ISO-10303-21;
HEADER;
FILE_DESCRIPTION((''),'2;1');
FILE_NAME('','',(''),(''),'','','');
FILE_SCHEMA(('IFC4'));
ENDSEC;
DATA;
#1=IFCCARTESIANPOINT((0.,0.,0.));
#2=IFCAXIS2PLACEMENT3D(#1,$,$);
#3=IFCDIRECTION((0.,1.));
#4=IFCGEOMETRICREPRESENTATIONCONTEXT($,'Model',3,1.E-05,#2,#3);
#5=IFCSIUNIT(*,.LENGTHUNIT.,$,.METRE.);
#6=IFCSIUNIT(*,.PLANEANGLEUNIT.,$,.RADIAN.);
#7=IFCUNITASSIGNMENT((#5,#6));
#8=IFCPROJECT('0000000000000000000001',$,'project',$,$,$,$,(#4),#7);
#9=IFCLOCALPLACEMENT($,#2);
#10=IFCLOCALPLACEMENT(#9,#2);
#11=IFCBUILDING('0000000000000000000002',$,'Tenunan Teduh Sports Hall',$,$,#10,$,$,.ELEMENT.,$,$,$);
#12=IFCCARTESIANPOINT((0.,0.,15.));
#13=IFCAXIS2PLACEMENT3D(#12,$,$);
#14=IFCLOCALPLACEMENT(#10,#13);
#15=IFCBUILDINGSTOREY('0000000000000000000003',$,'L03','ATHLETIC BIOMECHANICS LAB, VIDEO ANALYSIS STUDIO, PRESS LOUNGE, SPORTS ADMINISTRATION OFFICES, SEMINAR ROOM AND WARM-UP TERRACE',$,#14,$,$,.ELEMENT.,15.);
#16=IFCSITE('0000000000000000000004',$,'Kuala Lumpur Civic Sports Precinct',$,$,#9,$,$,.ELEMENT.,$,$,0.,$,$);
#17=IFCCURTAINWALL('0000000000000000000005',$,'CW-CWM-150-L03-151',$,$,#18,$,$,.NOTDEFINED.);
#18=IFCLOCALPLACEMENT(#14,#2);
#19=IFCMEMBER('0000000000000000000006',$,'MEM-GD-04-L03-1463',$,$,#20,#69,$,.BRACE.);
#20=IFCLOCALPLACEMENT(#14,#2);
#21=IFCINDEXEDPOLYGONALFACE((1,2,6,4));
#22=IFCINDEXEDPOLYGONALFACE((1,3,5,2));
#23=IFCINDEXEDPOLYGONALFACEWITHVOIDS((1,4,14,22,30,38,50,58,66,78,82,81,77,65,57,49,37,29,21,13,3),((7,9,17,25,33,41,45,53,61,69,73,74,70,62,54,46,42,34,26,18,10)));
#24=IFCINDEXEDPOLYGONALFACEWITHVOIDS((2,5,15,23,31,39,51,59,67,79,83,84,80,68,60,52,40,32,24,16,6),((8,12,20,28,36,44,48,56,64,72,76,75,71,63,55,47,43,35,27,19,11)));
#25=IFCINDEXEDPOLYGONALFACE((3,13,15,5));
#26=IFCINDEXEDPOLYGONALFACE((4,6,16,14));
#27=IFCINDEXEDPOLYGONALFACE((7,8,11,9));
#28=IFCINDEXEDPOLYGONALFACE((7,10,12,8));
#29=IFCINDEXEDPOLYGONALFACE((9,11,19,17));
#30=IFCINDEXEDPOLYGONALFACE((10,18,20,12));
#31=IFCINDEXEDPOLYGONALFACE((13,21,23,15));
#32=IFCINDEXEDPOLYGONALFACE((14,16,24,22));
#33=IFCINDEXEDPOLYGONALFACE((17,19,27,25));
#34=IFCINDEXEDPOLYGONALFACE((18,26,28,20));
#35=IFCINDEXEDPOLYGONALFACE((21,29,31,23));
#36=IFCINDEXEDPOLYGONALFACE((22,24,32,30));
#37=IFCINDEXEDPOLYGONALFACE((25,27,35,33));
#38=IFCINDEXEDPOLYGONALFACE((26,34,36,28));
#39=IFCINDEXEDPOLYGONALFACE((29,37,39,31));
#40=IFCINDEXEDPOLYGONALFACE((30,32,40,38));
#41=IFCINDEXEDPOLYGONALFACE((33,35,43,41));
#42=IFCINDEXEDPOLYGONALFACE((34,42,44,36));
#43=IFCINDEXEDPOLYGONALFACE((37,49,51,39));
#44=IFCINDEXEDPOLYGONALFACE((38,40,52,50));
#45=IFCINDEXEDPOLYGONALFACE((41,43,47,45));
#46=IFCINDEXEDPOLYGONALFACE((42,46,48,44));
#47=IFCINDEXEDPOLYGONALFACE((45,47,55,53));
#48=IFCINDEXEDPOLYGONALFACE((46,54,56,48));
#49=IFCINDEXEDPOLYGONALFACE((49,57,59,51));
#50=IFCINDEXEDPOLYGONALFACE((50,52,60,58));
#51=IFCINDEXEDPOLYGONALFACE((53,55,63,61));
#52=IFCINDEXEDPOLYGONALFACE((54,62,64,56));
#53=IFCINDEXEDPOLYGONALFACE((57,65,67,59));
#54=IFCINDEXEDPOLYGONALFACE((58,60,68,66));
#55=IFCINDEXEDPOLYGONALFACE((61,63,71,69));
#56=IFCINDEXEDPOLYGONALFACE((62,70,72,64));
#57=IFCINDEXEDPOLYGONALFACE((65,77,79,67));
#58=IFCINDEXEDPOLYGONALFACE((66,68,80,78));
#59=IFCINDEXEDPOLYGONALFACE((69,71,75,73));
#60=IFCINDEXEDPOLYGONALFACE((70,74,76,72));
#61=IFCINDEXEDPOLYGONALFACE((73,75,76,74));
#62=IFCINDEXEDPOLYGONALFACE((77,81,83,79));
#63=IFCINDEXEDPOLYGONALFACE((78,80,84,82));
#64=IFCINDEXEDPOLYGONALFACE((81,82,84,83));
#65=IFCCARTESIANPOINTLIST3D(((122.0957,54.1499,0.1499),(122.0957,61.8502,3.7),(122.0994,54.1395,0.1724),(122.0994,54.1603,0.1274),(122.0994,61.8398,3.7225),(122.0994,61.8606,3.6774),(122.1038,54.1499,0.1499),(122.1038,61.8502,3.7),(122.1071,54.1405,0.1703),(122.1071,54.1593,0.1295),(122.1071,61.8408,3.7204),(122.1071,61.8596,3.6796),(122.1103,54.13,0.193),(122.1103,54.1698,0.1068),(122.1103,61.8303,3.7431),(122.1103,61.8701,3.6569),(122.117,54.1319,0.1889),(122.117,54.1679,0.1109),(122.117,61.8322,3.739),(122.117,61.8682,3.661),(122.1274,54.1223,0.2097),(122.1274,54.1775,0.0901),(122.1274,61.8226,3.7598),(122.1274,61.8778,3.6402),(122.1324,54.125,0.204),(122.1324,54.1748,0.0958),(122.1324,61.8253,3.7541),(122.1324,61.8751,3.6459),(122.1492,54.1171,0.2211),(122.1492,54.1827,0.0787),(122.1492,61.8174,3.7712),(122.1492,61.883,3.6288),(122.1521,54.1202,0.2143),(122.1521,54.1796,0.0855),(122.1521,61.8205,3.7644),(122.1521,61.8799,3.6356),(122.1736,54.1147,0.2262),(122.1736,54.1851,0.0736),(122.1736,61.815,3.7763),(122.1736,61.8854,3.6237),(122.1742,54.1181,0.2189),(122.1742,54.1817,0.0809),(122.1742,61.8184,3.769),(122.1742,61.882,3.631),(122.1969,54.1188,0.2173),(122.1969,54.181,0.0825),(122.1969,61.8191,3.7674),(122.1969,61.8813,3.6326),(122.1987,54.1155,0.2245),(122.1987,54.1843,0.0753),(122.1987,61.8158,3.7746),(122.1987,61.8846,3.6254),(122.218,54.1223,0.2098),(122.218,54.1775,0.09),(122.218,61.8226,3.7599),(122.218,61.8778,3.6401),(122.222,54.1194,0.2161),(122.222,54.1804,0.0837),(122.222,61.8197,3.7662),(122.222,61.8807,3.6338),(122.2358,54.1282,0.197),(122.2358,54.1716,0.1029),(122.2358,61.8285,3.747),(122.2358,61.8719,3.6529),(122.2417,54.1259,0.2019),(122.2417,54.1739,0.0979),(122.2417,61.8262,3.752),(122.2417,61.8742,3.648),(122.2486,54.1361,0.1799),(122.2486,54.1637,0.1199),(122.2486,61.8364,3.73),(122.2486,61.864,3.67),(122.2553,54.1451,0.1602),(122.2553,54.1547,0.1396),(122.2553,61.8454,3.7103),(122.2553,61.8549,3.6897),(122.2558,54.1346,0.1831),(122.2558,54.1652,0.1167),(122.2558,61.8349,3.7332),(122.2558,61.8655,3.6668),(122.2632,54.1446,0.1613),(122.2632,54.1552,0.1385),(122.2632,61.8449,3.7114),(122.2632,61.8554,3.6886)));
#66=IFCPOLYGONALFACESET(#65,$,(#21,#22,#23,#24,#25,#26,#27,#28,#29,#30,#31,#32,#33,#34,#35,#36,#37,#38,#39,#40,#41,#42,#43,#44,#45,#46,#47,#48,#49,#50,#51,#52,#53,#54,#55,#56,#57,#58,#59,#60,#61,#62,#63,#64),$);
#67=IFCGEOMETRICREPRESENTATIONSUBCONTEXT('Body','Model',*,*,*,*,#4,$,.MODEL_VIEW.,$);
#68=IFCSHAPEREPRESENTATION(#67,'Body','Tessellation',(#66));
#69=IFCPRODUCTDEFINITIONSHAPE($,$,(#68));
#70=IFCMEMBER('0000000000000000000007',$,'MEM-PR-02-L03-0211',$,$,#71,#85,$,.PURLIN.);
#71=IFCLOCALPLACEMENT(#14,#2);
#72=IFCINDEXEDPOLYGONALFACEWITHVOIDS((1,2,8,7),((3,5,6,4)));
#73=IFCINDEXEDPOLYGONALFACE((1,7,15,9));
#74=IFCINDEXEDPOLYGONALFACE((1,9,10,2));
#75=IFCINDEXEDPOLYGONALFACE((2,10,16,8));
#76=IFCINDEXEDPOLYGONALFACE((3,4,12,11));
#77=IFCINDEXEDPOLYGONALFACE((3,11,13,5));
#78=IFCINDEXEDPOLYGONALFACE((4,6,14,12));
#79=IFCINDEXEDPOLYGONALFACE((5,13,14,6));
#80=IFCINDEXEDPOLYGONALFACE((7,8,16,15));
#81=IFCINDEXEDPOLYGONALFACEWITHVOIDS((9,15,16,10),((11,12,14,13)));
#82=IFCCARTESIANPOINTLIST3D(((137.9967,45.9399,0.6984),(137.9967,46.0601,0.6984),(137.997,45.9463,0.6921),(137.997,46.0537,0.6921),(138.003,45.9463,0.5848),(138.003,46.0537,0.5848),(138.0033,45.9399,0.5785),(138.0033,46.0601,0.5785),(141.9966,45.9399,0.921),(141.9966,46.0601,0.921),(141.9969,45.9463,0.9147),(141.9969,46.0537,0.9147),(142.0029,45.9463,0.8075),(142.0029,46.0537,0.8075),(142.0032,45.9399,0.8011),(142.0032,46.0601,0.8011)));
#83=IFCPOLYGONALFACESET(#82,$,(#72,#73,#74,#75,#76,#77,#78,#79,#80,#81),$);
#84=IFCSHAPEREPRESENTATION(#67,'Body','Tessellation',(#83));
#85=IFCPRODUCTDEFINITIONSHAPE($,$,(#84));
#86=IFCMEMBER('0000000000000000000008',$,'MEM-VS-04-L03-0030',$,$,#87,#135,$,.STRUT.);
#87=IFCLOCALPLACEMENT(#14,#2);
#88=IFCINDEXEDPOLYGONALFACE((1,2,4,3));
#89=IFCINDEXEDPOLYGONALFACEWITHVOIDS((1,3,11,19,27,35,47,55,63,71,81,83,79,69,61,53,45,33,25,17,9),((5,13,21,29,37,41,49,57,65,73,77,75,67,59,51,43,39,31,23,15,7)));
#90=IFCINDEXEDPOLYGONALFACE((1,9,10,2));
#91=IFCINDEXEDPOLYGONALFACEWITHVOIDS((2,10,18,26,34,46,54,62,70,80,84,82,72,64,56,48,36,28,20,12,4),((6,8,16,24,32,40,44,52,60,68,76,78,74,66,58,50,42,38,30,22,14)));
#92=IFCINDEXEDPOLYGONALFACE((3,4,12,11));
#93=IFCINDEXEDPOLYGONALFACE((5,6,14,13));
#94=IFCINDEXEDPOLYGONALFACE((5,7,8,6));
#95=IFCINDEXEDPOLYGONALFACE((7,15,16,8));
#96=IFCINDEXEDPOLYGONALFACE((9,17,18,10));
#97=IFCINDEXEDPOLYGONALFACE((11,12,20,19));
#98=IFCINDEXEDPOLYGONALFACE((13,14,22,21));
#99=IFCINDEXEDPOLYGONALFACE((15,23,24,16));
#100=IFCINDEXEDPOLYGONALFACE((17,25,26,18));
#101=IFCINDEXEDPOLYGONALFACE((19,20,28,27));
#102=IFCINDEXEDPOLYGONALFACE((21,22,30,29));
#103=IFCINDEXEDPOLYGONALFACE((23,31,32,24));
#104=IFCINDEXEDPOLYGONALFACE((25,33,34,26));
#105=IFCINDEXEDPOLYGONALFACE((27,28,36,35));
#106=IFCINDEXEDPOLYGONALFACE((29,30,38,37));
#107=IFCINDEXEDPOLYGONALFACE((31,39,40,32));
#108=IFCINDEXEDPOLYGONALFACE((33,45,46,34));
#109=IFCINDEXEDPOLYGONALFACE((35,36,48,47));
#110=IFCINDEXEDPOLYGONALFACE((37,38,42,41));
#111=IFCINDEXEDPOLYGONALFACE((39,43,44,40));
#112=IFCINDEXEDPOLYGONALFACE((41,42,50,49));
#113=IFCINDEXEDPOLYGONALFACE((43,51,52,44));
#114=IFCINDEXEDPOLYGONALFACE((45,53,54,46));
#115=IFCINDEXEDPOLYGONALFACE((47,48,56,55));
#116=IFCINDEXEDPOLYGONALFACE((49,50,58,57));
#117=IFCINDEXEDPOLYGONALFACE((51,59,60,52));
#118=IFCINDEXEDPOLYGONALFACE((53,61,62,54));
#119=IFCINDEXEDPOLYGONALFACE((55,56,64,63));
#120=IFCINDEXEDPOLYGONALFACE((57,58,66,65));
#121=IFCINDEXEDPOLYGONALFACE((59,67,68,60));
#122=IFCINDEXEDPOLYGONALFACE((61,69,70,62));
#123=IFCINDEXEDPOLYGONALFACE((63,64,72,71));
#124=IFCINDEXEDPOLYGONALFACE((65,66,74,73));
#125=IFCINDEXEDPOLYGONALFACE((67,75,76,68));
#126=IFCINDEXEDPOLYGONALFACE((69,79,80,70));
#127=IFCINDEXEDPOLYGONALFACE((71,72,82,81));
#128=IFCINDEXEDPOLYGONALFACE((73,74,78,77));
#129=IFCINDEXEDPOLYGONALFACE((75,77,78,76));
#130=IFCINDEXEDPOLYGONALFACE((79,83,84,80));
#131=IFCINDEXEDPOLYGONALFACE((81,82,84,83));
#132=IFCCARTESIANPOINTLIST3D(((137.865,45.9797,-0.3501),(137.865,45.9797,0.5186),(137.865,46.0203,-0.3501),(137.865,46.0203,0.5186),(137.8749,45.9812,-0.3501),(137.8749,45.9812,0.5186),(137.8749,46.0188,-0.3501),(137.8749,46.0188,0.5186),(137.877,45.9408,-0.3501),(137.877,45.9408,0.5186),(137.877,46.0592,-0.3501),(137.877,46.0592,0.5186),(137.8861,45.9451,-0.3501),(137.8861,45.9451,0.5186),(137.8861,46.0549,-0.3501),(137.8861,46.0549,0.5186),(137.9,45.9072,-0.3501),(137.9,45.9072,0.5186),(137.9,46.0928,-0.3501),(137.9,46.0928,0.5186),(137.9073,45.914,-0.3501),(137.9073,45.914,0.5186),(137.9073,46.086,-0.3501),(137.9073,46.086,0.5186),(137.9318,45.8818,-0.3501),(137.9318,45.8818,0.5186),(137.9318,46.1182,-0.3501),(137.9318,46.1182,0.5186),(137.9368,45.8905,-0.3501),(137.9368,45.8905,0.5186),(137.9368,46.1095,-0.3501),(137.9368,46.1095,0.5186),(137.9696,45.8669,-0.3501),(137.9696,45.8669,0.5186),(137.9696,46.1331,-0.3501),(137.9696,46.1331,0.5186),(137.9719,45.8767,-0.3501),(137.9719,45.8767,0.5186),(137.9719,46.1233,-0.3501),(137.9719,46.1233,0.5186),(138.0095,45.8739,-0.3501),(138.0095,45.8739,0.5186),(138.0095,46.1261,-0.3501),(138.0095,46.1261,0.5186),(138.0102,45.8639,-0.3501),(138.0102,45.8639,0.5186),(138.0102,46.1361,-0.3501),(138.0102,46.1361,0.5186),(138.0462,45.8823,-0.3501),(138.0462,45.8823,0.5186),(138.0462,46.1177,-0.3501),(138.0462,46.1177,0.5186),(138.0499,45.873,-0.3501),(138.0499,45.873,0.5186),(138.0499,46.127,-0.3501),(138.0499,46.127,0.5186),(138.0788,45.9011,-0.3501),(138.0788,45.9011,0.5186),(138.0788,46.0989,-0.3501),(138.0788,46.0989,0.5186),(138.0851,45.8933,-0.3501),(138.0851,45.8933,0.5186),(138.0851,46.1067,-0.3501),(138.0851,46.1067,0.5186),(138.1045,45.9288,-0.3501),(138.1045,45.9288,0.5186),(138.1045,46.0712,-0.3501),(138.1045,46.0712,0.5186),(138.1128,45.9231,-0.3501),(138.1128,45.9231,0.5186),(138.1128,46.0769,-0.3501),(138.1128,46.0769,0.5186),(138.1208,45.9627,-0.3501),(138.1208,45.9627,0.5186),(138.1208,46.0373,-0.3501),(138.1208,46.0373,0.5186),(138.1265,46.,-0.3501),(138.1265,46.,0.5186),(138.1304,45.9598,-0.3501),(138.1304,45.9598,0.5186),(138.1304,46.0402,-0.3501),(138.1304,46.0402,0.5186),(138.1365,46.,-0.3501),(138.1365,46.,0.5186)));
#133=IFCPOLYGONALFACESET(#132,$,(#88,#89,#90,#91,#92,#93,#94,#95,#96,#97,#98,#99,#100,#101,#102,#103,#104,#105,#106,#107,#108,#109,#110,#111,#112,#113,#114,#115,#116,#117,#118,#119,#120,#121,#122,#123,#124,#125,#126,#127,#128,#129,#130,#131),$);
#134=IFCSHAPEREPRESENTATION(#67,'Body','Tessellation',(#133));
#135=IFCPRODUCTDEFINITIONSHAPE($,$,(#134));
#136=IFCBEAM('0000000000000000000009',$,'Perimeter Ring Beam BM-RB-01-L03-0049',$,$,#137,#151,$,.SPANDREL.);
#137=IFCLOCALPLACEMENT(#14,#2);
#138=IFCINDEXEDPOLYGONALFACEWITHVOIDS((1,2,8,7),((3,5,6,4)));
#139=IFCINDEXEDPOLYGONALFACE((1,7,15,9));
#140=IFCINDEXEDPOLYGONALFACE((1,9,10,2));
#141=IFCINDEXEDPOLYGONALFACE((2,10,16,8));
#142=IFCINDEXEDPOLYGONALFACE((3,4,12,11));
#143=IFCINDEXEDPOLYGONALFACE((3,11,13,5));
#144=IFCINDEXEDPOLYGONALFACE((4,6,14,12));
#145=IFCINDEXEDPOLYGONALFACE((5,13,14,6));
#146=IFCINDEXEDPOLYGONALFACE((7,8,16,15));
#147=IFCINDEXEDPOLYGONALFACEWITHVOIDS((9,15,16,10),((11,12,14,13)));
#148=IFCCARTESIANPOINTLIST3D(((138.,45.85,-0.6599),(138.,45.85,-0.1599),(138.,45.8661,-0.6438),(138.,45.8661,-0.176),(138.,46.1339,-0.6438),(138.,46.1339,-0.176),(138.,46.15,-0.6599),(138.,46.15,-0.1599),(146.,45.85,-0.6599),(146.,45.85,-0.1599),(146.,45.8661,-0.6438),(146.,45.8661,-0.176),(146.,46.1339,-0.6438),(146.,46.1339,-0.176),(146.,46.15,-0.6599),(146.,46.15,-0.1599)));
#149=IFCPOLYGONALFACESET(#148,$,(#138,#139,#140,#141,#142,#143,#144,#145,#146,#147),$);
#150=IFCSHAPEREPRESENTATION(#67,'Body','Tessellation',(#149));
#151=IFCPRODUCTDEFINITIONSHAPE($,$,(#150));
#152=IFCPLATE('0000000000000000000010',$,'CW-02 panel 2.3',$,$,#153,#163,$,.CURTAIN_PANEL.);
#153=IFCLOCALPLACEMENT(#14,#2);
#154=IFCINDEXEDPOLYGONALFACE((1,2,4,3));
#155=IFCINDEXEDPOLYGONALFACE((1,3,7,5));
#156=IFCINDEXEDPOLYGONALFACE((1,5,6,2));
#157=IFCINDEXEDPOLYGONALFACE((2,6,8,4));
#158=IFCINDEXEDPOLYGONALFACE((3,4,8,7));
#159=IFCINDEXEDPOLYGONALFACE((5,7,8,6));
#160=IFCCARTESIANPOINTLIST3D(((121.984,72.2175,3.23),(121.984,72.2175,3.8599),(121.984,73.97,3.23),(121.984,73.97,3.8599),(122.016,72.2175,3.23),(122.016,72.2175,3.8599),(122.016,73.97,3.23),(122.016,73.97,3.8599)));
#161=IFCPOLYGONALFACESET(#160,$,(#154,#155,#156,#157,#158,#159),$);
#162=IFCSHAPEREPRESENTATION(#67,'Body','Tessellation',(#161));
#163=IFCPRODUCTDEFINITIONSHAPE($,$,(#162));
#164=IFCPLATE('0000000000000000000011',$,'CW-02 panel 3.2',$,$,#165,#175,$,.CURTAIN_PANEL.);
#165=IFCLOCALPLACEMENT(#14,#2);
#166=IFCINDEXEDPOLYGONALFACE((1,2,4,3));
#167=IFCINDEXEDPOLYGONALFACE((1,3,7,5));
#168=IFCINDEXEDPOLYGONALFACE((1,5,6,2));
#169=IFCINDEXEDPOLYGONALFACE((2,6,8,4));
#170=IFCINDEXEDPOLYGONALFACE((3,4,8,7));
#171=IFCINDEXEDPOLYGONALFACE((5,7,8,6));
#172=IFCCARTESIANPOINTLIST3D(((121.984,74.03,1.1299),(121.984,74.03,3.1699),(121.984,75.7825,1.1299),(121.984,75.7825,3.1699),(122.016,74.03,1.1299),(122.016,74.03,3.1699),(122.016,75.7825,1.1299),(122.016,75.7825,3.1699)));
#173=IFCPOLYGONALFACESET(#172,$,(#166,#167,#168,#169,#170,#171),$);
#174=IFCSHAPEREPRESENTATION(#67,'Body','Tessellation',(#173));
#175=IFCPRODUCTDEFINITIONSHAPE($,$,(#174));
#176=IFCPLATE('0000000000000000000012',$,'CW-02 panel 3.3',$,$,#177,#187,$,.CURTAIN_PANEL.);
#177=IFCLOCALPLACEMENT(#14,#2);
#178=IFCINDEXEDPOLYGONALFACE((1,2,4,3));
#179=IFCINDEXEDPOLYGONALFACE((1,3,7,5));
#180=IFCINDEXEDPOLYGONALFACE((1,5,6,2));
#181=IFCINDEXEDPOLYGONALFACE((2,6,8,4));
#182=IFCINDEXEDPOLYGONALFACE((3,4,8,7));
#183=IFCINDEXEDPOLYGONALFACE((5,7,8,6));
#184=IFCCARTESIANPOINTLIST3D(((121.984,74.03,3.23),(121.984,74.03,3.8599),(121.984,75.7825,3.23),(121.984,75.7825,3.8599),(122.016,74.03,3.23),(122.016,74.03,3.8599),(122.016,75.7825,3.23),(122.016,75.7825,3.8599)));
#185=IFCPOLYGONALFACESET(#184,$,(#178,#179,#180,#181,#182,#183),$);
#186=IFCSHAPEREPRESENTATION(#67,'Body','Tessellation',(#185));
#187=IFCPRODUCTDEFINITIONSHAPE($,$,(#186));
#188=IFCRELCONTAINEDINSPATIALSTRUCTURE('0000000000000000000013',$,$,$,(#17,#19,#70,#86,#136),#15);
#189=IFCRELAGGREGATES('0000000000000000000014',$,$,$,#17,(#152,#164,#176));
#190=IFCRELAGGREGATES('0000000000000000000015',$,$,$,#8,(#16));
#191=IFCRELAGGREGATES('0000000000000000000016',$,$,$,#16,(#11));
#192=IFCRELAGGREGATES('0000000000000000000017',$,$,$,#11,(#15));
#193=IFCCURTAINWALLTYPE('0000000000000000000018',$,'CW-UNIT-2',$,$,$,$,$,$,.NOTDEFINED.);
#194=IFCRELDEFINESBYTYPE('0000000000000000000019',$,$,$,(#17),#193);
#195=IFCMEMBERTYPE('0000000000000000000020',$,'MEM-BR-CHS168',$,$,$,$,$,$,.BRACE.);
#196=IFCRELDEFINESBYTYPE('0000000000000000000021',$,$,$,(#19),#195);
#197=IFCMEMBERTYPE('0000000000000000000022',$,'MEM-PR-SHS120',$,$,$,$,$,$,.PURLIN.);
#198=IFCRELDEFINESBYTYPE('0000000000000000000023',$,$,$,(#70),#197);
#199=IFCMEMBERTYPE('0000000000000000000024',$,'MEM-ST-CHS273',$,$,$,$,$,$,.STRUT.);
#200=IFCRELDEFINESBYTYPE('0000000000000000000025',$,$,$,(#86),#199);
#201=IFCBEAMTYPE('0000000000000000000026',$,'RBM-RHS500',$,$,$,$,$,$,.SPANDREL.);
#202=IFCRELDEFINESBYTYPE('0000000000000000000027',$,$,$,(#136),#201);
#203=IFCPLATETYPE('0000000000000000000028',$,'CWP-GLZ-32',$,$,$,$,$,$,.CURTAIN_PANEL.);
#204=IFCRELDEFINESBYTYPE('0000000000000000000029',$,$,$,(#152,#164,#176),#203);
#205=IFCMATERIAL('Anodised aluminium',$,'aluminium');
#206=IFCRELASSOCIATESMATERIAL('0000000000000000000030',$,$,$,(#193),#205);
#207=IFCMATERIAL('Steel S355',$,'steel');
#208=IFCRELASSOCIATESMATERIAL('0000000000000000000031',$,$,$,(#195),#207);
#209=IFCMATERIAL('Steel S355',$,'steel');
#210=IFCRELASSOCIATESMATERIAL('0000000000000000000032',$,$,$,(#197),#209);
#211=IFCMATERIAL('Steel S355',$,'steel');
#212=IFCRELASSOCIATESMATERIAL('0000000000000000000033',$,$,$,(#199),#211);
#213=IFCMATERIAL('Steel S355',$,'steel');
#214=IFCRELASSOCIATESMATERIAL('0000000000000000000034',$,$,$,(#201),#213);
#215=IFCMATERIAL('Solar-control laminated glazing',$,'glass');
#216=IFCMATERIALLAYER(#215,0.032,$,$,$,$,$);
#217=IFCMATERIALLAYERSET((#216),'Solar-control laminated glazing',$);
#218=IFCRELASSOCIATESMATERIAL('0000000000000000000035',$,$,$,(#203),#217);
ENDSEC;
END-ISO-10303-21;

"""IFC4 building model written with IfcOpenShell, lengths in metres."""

from ifc_helpers import new_model, si_unit, direction, frame, origin, origin_2d, place, context, subcontext, project, spatial, rectangle, hollow_rectangle, hollow_circle, extrude, material, layer, layer_set, material_profile, profile_set, type_object, element, aggregate, save


model = new_model("IFC4")

# Units and contexts
model_context = context("Model", 3, precision=1e-05, world=origin(), true_north=direction((0.0, 1.0)))
body_context = subcontext(model_context, "Body", "Model", "MODEL_VIEW")
ifc_project = project(units=[si_unit("LENGTHUNIT", "METRE"), si_unit("PLANEANGLEUNIT", "RADIAN")], contexts=[model_context])

# Site, building, storey
site_placement = place(None, origin())
site = spatial("IfcSite", under=ifc_project, at=site_placement, Name="Kuala Lumpur Civic Sports Precinct", CompositionType="ELEMENT", RefElevation=0.0)
building_placement = place(site_placement, origin())
building = spatial("IfcBuilding", under=site, at=building_placement, Name="Tenunan Teduh Sports Hall", CompositionType="ELEMENT")
storey_placement = place(building_placement, frame((0.0, 0.0, 15.0)))
storey = spatial("IfcBuildingStorey", under=building, at=storey_placement, Name="L03", Description="ATHLETIC BIOMECHANICS LAB, VIDEO ANALYSIS STUDIO, PRESS LOUNGE, SPORTS ADMINISTRATION OFFICES, SEMINAR ROOM AND WARM-UP TERRACE", CompositionType="ELEMENT", Elevation=15.0)

# Curtain wall
ifc_material_1 = material(Name="Anodised aluminium", Category="aluminium")
curtain_wall_type_1 = type_object("IfcCurtainWallType", Name="CW-UNIT-2", PredefinedType="NOTDEFINED", material=ifc_material_1)
curtain_wall_1_placement = place(storey_placement, origin())
curtain_wall_1 = element("IfcCurtainWall", 1, at=curtain_wall_1_placement, inside=storey, type_object=curtain_wall_type_1, Name="CW-CWM-150-L03-151", PredefinedType="NOTDEFINED")

# Members
ifc_material_2 = material(Name="Steel S355", Category="steel")
ifc_material_profile_1 = material_profile(ifc_material_2, hollow_circle(Radius=0.0842, WallThickness=0.0081, at=origin_2d()), Name="CHS 168.3x8.0")
ifc_profile_set_1 = profile_set([ifc_material_profile_1], Name="Steel S355")
member_type_1 = type_object("IfcMemberType", Name="MEM-BR-CHS168", PredefinedType="BRACE", material=ifc_profile_set_1)
member_1_placement = place(storey_placement, frame((122.1799, 54.1499, 0.1499), z_axis=(0.0, 0.908134, 0.41868), x_axis=(-1.0, 0.0, 0.0)))
element("IfcMember", 2, at=member_1_placement, inside=storey, type_object=member_type_1, Name="MEM-GD-04-L03-1463", PredefinedType="BRACE", context=body_context, shape_type="SweptSolid", body=[
    extrude(hollow_circle(Radius=0.0842, WallThickness=0.0081, at=origin_2d()), origin(), (0.0, 0.0, 1.0), 8.4792),
])
ifc_material_3 = material(Name="Steel S355", Category="steel")
ifc_material_profile_2 = material_profile(ifc_material_3, hollow_rectangle(XDim=0.1201, YDim=0.1201, WallThickness=0.0063, at=origin_2d()), Name="SHS 120x120x6.3")
ifc_profile_set_2 = profile_set([ifc_material_profile_2], Name="Steel S355")
member_type_2 = type_object("IfcMemberType", Name="MEM-PR-SHS120", PredefinedType="PURLIN", material=ifc_profile_set_2)
member_2_placement = place(storey_placement, frame((138.0, 46.0, 0.6384), z_axis=(0.998454, 0.0, 0.055578), x_axis=(0.0, 1.0, 0.0)))
element("IfcMember", 3, at=member_2_placement, inside=storey, type_object=member_type_2, Name="MEM-PR-02-L03-0211", PredefinedType="PURLIN", context=body_context, shape_type="SweptSolid", body=[
    extrude(hollow_rectangle(XDim=0.1201, YDim=0.1201, WallThickness=0.0063, at=origin_2d()), origin(), (0.0, 0.0, 1.0), 4.0061),
])
ifc_material_4 = material(Name="Steel S355", Category="steel")
ifc_material_profile_3 = material_profile(ifc_material_4, hollow_circle(Radius=0.1365, WallThickness=0.01, at=origin_2d()), Name="CHS 273.0x10.0")
ifc_profile_set_3 = profile_set([ifc_material_profile_3], Name="Steel S355")
member_type_3 = type_object("IfcMemberType", Name="MEM-ST-CHS273", PredefinedType="STRUT", material=ifc_profile_set_3)
member_3_placement = place(storey_placement, frame((138.0, 46.0, -0.3501), z_axis=(0.0, 0.0, 1.0), x_axis=(1.0, 0.0, 0.0)))
element("IfcMember", 4, at=member_3_placement, inside=storey, type_object=member_type_3, Name="MEM-VS-04-L03-0030", PredefinedType="STRUT", context=body_context, shape_type="SweptSolid", body=[
    extrude(hollow_circle(Radius=0.1365, WallThickness=0.01, at=origin_2d()), origin(), (0.0, 0.0, 1.0), 0.8687),
])

# Beam
ifc_material_5 = material(Name="Steel S355", Category="steel")
ifc_material_profile_4 = material_profile(ifc_material_5, hollow_rectangle(XDim=0.3, YDim=0.5, WallThickness=0.0161, at=origin_2d()), Name="RHS 500x300x16.0")
ifc_profile_set_4 = profile_set([ifc_material_profile_4], Name="Steel S355")
beam_type = type_object("IfcBeamType", Name="RBM-RHS500", PredefinedType="SPANDREL", material=ifc_profile_set_4)
beam_placement = place(storey_placement, frame((138.0, 46.0, -0.4099), z_axis=(1.0, 0.0, 0.0), x_axis=(0.0, 1.0, 0.0)))
element("IfcBeam", 5, at=beam_placement, inside=storey, type_object=beam_type, Name="Perimeter Ring Beam BM-RB-01-L03-0049", PredefinedType="SPANDREL", context=body_context, shape_type="SweptSolid", body=[
    extrude(hollow_rectangle(XDim=0.3, YDim=0.5, WallThickness=0.0161, at=origin_2d()), origin(), (0.0, 0.0, 1.0), 8.0),
])

# Plates
ifc_material_6 = material(Name="Solar-control laminated glazing", Category="glass")
ifc_layer_1 = layer(ifc_material_6, 0.032)
ifc_layer_set_1 = layer_set([ifc_layer_1], Name="Solar-control laminated glazing")
plate_type_1 = type_object("IfcPlateType", Name="CWP-GLZ-32", PredefinedType="CURTAIN_PANEL", material=ifc_layer_set_1)
plate_1_placement = place(storey_placement, frame((122.0, 73.0938, 3.23), z_axis=(0.0, 0.0, 1.0), x_axis=(0.0, 1.0, 0.0)))
plate_1 = element("IfcPlate", 6, at=plate_1_placement, type_object=plate_type_1, Name="CW-02 panel 2.3", PredefinedType="CURTAIN_PANEL", context=body_context, shape_type="SweptSolid", body=[
    extrude(rectangle(XDim=1.7524, YDim=0.032, at=origin_2d()), origin(), (0.0, 0.0, 1.0), 0.6299),
])
plate_2_placement = place(storey_placement, frame((122.0, 74.9062, 1.1299), z_axis=(0.0, 0.0, 1.0), x_axis=(0.0, 1.0, 0.0)))
plate_2 = element("IfcPlate", 7, at=plate_2_placement, type_object=plate_type_1, Name="CW-02 panel 3.2", PredefinedType="CURTAIN_PANEL", context=body_context, shape_type="SweptSolid", body=[
    extrude(rectangle(XDim=1.7524, YDim=0.032, at=origin_2d()), origin(), (0.0, 0.0, 1.0), 2.04),
])
plate_3_placement = place(storey_placement, frame((122.0, 74.9062, 3.23), z_axis=(0.0, 0.0, 1.0), x_axis=(0.0, 1.0, 0.0)))
plate_3 = element("IfcPlate", 8, at=plate_3_placement, type_object=plate_type_1, Name="CW-02 panel 3.3", PredefinedType="CURTAIN_PANEL", context=body_context, shape_type="SweptSolid", body=[
    extrude(rectangle(XDim=1.7524, YDim=0.032, at=origin_2d()), origin(), (0.0, 0.0, 1.0), 0.6299),
])
aggregate(curtain_wall_1, [plate_1, plate_2, plate_3])

save(model, "model.ifc")
